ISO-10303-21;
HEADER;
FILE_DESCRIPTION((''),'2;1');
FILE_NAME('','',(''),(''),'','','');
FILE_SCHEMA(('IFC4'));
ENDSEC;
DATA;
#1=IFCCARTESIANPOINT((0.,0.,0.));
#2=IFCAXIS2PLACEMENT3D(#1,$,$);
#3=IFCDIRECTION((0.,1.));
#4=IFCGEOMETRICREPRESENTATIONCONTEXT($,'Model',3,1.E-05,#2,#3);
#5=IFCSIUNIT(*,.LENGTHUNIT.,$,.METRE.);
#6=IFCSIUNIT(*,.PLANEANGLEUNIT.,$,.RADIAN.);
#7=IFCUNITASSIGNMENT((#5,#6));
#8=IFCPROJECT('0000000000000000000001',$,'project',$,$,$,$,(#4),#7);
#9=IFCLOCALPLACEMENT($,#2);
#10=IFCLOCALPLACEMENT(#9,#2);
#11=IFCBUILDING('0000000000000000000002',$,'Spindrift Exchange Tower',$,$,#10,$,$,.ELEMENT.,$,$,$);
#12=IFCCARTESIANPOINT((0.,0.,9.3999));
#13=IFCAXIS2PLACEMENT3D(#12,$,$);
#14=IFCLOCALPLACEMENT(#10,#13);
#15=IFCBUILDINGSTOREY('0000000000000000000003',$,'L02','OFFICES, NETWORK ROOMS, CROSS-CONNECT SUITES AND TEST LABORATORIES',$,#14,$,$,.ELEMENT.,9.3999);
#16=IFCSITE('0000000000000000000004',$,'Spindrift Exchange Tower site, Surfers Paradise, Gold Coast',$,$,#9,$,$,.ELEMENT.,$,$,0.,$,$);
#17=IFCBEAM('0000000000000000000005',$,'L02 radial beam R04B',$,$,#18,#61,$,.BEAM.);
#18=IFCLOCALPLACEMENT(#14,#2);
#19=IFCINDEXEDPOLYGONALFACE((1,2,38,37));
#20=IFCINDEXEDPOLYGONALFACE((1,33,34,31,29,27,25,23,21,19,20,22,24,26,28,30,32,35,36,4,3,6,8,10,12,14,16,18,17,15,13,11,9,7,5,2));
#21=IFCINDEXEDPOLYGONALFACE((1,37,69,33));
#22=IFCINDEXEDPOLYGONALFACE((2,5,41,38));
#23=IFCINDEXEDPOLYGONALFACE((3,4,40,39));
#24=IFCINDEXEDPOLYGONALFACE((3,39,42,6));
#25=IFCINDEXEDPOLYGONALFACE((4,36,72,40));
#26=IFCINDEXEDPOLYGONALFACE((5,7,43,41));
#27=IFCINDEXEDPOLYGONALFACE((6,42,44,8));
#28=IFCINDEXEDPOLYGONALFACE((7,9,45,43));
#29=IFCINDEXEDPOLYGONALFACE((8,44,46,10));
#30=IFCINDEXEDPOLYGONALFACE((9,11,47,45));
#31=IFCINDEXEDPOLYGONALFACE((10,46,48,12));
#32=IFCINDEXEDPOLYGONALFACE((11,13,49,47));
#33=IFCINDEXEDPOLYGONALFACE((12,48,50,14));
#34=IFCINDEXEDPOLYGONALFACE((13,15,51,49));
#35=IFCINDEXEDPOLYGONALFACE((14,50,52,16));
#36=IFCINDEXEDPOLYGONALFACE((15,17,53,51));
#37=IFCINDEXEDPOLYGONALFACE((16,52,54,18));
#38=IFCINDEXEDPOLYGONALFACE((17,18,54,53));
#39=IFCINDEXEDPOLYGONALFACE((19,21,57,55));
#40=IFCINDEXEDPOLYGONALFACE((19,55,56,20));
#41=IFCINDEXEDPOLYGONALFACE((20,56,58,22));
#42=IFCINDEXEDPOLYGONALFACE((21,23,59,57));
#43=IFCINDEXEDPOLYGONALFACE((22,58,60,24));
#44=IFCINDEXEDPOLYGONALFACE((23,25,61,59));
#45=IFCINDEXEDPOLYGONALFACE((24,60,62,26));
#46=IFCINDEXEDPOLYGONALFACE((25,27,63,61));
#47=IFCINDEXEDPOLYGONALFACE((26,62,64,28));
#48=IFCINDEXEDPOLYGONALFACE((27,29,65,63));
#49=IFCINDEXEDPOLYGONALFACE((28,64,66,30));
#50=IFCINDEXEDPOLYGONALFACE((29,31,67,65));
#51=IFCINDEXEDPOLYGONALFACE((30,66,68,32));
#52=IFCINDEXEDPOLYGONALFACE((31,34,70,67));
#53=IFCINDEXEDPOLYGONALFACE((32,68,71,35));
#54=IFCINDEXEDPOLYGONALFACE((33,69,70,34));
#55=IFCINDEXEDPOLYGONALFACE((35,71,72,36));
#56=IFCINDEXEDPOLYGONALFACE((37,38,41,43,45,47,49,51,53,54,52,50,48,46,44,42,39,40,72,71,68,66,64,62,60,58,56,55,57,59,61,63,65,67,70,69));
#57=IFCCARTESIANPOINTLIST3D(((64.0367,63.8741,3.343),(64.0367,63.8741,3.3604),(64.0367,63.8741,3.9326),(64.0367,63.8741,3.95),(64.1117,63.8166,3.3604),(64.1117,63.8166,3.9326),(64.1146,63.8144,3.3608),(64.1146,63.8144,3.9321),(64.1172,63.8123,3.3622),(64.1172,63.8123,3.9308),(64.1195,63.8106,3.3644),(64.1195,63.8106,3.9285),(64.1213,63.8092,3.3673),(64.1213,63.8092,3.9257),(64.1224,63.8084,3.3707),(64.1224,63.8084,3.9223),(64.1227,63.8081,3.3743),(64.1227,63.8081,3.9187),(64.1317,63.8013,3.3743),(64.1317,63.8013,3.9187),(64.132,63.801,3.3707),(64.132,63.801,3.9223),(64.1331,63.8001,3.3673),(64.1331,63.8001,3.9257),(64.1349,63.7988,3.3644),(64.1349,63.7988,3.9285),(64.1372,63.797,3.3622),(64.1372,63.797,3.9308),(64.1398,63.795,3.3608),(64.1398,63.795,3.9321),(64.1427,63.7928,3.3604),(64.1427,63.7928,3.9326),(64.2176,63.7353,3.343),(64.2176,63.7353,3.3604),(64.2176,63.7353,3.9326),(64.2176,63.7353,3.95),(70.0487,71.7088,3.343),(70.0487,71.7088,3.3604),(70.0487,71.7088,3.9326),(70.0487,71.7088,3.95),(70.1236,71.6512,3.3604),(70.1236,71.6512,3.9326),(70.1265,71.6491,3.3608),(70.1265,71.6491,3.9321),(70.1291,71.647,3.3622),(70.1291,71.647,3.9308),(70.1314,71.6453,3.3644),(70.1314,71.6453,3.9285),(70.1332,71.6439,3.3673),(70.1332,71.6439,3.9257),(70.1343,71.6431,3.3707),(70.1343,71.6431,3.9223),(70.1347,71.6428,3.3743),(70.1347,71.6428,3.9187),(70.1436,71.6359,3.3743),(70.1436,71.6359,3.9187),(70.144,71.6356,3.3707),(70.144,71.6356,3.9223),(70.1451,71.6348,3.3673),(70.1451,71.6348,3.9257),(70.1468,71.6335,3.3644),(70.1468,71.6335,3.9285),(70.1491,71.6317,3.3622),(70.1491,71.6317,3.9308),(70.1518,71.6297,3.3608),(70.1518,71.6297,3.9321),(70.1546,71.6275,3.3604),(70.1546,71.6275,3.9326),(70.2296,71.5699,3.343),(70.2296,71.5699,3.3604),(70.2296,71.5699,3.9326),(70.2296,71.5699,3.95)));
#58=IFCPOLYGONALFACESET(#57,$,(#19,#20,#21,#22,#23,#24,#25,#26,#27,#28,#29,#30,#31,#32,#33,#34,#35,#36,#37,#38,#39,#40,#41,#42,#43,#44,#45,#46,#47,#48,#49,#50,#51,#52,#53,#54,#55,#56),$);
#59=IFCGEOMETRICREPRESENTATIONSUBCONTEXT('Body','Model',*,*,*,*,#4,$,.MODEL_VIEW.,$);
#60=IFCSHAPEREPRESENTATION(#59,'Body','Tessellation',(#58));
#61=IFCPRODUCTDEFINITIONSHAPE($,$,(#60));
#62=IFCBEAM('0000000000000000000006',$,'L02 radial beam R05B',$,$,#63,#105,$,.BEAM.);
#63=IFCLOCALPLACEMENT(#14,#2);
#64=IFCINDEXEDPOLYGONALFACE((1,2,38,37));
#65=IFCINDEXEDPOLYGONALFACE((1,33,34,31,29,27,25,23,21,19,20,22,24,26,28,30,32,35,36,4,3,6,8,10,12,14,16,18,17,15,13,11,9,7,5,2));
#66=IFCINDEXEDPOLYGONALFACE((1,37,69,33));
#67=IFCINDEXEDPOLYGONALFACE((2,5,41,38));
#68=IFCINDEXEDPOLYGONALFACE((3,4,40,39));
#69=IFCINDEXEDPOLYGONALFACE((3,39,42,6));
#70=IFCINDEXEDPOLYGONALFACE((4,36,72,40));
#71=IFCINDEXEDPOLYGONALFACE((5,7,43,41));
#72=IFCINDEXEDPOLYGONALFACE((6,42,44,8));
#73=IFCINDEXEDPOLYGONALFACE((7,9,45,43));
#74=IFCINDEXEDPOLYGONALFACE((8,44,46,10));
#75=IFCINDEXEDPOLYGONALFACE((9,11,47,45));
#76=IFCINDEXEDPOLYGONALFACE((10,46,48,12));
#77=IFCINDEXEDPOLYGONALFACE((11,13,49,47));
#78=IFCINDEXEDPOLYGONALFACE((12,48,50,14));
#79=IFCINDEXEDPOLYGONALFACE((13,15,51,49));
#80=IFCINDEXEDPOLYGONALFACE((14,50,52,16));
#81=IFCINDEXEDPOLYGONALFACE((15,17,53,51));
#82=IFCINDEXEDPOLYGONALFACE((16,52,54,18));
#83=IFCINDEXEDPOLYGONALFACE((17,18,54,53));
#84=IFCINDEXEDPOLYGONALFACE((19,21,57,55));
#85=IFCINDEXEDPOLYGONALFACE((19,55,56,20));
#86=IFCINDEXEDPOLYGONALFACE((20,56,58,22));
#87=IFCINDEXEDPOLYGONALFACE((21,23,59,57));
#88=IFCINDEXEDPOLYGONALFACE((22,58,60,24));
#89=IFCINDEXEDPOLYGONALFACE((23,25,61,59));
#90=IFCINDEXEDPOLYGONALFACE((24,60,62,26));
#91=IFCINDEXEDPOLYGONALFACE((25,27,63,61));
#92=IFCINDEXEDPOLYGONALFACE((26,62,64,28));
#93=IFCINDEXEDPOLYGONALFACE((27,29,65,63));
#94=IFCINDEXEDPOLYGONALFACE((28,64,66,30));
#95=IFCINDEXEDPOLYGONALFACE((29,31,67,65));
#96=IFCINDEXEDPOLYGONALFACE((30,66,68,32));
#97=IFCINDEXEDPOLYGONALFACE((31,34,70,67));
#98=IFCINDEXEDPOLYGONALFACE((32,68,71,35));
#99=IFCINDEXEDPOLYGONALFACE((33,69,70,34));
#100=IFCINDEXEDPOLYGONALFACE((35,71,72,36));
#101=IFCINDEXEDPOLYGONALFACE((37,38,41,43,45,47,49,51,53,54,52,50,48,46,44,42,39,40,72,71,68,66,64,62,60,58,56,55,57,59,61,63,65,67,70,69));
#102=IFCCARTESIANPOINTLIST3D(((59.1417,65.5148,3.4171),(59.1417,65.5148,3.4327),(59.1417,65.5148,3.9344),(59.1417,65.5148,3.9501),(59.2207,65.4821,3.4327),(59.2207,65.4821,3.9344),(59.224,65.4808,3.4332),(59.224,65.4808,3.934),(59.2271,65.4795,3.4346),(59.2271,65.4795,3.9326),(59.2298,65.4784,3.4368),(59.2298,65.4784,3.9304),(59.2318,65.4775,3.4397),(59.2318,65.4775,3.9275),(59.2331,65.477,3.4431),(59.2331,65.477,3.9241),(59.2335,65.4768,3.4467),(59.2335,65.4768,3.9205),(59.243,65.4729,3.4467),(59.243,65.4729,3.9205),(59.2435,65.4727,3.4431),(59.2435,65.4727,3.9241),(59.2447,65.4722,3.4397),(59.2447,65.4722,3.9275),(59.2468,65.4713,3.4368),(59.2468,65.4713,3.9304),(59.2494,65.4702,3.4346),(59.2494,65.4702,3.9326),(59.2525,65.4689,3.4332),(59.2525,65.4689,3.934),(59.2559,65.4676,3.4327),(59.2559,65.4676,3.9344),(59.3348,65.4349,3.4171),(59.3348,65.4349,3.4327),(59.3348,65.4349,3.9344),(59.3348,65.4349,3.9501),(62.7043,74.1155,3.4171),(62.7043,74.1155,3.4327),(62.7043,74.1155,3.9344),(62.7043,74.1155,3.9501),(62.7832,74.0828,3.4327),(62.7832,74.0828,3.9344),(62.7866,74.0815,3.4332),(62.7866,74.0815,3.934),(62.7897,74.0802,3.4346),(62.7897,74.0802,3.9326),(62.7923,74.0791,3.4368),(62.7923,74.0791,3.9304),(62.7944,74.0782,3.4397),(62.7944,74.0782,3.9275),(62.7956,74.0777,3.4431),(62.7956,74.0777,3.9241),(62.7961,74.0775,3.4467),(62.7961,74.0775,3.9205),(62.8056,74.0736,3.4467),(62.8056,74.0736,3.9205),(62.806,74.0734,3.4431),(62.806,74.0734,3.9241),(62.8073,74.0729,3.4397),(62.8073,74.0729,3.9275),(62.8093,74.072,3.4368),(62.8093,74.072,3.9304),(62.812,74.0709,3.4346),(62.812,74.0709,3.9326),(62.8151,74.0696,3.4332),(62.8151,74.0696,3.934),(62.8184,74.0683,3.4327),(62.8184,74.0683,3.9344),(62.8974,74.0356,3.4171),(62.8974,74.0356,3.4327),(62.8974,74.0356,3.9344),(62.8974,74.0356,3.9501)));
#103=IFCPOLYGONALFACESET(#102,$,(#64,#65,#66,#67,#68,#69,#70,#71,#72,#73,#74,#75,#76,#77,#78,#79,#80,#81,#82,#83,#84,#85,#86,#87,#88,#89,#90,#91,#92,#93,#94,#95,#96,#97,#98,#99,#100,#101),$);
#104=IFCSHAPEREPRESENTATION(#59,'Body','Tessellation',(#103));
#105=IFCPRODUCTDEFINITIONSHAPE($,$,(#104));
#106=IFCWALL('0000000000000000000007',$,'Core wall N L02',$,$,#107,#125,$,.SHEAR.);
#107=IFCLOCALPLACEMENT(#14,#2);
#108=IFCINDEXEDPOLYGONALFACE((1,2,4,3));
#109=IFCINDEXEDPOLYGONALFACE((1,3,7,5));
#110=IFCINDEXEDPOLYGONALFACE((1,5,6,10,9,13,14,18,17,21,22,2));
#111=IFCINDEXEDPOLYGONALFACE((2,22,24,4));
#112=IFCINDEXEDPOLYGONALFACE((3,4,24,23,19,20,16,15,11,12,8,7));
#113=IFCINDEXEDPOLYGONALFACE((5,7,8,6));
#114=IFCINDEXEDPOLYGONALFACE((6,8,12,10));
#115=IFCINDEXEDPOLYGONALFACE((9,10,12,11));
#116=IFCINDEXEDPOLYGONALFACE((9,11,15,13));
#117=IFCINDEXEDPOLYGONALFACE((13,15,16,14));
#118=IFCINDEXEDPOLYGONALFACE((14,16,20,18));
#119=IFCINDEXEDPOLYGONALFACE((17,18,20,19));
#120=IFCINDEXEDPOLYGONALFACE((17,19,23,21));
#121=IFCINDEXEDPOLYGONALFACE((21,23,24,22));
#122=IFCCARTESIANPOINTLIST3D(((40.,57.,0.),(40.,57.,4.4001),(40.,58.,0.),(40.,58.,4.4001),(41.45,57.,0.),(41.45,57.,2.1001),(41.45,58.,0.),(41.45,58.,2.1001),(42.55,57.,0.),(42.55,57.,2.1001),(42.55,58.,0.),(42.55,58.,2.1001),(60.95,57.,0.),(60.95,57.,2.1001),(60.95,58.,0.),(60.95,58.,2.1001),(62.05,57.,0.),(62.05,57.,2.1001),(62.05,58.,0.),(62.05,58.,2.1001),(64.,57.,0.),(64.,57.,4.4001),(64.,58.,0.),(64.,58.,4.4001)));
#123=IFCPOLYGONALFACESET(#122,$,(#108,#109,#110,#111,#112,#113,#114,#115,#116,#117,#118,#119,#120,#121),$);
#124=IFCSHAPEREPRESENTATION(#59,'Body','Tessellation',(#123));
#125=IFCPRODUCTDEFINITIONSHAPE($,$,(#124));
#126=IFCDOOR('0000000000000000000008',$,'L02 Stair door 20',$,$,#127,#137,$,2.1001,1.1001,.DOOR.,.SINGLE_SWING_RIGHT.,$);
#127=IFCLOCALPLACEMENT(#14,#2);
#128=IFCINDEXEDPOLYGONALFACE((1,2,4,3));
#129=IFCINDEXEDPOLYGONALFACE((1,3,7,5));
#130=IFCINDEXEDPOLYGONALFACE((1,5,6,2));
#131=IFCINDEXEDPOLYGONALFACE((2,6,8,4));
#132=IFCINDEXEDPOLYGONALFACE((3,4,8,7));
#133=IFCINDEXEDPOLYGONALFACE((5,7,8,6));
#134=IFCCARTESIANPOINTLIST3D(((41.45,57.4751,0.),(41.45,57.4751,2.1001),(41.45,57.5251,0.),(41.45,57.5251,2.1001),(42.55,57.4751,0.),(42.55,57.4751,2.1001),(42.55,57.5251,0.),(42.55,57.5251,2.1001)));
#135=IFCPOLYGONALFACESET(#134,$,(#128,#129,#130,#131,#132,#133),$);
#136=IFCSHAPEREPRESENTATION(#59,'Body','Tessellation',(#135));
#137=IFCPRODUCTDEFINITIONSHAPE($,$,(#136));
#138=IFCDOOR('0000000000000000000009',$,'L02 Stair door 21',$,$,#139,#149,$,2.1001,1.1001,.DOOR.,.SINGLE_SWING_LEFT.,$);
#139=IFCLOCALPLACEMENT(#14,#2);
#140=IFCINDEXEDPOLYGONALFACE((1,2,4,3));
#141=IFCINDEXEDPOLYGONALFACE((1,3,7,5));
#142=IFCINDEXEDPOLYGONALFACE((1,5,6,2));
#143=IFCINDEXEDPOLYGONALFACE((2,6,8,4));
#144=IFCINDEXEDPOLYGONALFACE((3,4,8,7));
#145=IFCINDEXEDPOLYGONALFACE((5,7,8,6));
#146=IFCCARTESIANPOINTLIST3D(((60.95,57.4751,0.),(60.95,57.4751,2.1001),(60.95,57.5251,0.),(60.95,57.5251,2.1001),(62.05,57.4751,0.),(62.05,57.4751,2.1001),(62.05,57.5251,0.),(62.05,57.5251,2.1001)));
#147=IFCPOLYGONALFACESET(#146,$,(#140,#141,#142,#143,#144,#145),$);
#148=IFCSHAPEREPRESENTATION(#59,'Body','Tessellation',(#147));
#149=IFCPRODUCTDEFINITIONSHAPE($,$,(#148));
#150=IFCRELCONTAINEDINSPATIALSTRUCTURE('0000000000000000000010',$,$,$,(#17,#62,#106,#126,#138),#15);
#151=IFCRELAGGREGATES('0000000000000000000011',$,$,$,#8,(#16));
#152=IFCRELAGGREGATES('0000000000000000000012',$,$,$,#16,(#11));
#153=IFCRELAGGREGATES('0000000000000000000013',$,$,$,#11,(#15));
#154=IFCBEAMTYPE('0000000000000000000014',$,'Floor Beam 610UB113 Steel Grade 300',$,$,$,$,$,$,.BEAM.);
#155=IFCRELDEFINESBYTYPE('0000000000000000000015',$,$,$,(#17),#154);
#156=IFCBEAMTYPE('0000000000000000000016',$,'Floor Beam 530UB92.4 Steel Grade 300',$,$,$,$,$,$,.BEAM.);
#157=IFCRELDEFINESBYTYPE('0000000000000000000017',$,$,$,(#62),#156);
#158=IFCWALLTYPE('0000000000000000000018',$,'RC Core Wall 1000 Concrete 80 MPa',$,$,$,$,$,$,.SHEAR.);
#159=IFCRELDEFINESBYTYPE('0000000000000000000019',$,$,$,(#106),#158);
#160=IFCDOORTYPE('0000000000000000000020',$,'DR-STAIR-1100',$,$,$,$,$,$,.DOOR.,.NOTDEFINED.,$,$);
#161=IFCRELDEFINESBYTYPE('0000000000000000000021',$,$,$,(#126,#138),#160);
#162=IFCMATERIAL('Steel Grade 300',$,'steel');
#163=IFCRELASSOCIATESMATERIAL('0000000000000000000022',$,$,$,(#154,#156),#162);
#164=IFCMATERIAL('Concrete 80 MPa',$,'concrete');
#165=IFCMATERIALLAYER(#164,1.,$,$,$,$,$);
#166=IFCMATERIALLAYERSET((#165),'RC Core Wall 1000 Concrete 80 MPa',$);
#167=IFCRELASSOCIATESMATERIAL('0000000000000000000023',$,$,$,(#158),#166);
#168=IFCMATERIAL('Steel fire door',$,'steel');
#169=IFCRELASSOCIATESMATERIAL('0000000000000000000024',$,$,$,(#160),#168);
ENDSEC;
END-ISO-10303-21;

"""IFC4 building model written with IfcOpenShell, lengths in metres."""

from ifc_helpers import new_model, si_unit, direction, frame, frame_2d, origin, origin_2d, place, context, subcontext, project, spatial, rectangle, i_section, extrude, source, transform, mapped, material, layer, layer_set, material_profile, profile_set, type_object, element, fill, save


model = new_model("IFC4")

# Units and contexts
model_context = context("Model", 3, precision=1e-05, world=origin(), true_north=direction((0.0, 1.0)))
body_context = subcontext(model_context, "Body", "Model", "MODEL_VIEW")
ifc_project = project(units=[si_unit("LENGTHUNIT", "METRE"), si_unit("PLANEANGLEUNIT", "RADIAN")], contexts=[model_context])

# Site, building, storey
site_placement = place(None, origin())
site = spatial("IfcSite", under=ifc_project, at=site_placement, Name="Spindrift Exchange Tower site, Surfers Paradise, Gold Coast", CompositionType="ELEMENT", RefElevation=0.0)
building_placement = place(site_placement, origin())
building = spatial("IfcBuilding", under=site, at=building_placement, Name="Spindrift Exchange Tower", CompositionType="ELEMENT")
storey_placement = place(building_placement, frame((0.0, 0.0, 9.3999)))
storey = spatial("IfcBuildingStorey", under=building, at=storey_placement, Name="L02", Description="OFFICES, NETWORK ROOMS, CROSS-CONNECT SUITES AND TEST LABORATORIES", CompositionType="ELEMENT", Elevation=9.3999)

# Shared definitions
ifc_material_1 = material(Name="Concrete 80 MPa", Category="concrete")

# Beams
ifc_material_2 = material(Name="Steel Grade 300", Category="steel")
ifc_material_profile_1 = material_profile(ifc_material_2, i_section(OverallWidth=0.228, OverallDepth=0.6069, WebThickness=0.0112, FlangeThickness=0.0173, FilletRadius=0.0139, at=origin_2d()), Name="610UB113")
ifc_profile_set_1 = profile_set([ifc_material_profile_1], Name="Steel Grade 300")
beam_type_1 = type_object("IfcBeamType", Name="Floor Beam 610UB113 Steel Grade 300", PredefinedType="BEAM", material=ifc_profile_set_1)
shared_shape_1 = source(origin(), body_context, "Body", "SweptSolid", [
    extrude(i_section(OverallWidth=0.228, OverallDepth=0.6069, WebThickness=0.0112, FlangeThickness=0.0173, FilletRadius=0.0139, at=origin_2d()), origin(), (0.0, 0.0, 1.0), 9.8755),
])
beam_1_placement = place(storey_placement, frame((64.1272, 63.8047, 3.6465), z_axis=(0.608772, 0.793345, 0.0), x_axis=(-0.793345, 0.608772, 0.0)))
element("IfcBeam", 1, at=beam_1_placement, inside=storey, type_object=beam_type_1, Name="L02 radial beam R04B", PredefinedType="BEAM", context=body_context, shape_type="MappedRepresentation", body=[
    mapped(shared_shape_1, transform((0.0, 0.0, 0.0), scale=1.0)),
])
ifc_material_profile_2 = material_profile(ifc_material_2, i_section(OverallWidth=0.209, OverallDepth=0.533, WebThickness=0.0103, FlangeThickness=0.0156, FilletRadius=0.0139, at=origin_2d()), Name="530UB92.4")
ifc_profile_set_2 = profile_set([ifc_material_profile_2], Name="Steel Grade 300")
beam_type_2 = type_object("IfcBeamType", Name="Floor Beam 530UB92.4 Steel Grade 300", PredefinedType="BEAM", material=ifc_profile_set_2)
shared_shape_2 = source(origin(), body_context, "Body", "SweptSolid", [
    extrude(i_section(OverallWidth=0.209, OverallDepth=0.533, WebThickness=0.0103, FlangeThickness=0.0156, FilletRadius=0.0139, at=origin_2d()), origin(), (0.0, 0.0, 1.0), 9.3093),
])
beam_2_placement = place(storey_placement, frame((59.2383, 65.4749, 3.6836), z_axis=(0.382685, 0.923879, 0.0), x_axis=(-0.923879, 0.382685, 0.0)))
element("IfcBeam", 2, at=beam_2_placement, inside=storey, type_object=beam_type_2, Name="L02 radial beam R05B", PredefinedType="BEAM", context=body_context, shape_type="MappedRepresentation", body=[
    mapped(shared_shape_2, transform((0.0, 0.0, 0.0), scale=1.0)),
])

# Wall, openings, doors
ifc_layer_1 = layer(ifc_material_1, 1.0)
ifc_layer_set_1 = layer_set([ifc_layer_1], Name="RC Core Wall 1000 Concrete 80 MPa")
wall_type_1 = type_object("IfcWallType", Name="RC Core Wall 1000 Concrete 80 MPa", PredefinedType="SHEAR", material=ifc_layer_set_1)
wall_1_placement = place(storey_placement, frame((64.0, 57.5, 0.0), z_axis=(0.0, 0.0, 1.0), x_axis=(-1.0, 0.0, 0.0)))
wall_1 = element("IfcWall", 3, at=wall_1_placement, inside=storey, type_object=wall_type_1, Name="Core wall N L02", PredefinedType="SHEAR", context=body_context, shape_type="SweptSolid", body=[
    extrude(rectangle(XDim=24.0, YDim=1.0, at=frame_2d((12.0, 0.0))), origin(), (0.0, 0.0, 1.0), 4.4001),
])
opening_1_placement = place(wall_1_placement, frame((21.45, 0.0, 0.0)))
opening_1 = element("IfcOpeningElement", 4, at=opening_1_placement, cuts=wall_1, PredefinedType="OPENING", context=body_context, shape_type="SweptSolid", body=[
    extrude(rectangle(XDim=1.1001, YDim=2.1001, at=frame_2d((0.55, 1.05))), frame((0.0, 0.51, 0.0), z_axis=(0.0, -1.0, 0.0), x_axis=(1.0, 0.0, 0.0)), (0.0, 0.0, 1.0), 1.02),
])
opening_2_placement = place(wall_1_placement, frame((1.95, 0.0, 0.0)))
opening_2 = element("IfcOpeningElement", 5, at=opening_2_placement, cuts=wall_1, PredefinedType="OPENING", context=body_context, shape_type="SweptSolid", body=[
    extrude(rectangle(XDim=1.1001, YDim=2.1001, at=frame_2d((0.55, 1.05))), frame((0.0, 0.51, 0.0), z_axis=(0.0, -1.0, 0.0), x_axis=(1.0, 0.0, 0.0)), (0.0, 0.0, 1.0), 1.02),
])
ifc_material_3 = material(Name="Steel fire door", Category="steel")
door_type_1 = type_object("IfcDoorType", Name="DR-STAIR-1100", OperationType="NOTDEFINED", PredefinedType="DOOR", material=ifc_material_3)
shared_shape_3 = source(origin(), body_context, "Body", "SweptSolid", [
    extrude(rectangle(XDim=1.1001, YDim=2.1001, at=frame_2d((0.55, 1.05))), frame((0.0, 0.0249, 0.0), z_axis=(0.0, -1.0, 0.0), x_axis=(1.0, 0.0, 0.0)), (0.0, 0.0, 1.0), 0.05),
])
door_1_placement = place(opening_1_placement, origin())
door_1 = element("IfcDoor", 6, at=door_1_placement, inside=storey, type_object=door_type_1, Name="L02 Stair door 20", OperationType="SINGLE_SWING_RIGHT", OverallHeight=2.1001, OverallWidth=1.1001, PredefinedType="DOOR", context=body_context, shape_type="MappedRepresentation", body=[
    mapped(shared_shape_3, transform((0.0, 0.0, 0.0), scale=1.0)),
])
fill(opening_1, door_1)
door_2_placement = place(opening_2_placement, origin())
door_2 = element("IfcDoor", 7, at=door_2_placement, inside=storey, type_object=door_type_1, Name="L02 Stair door 21", OperationType="SINGLE_SWING_LEFT", OverallHeight=2.1001, OverallWidth=1.1001, PredefinedType="DOOR", context=body_context, shape_type="MappedRepresentation", body=[
    mapped(shared_shape_3, transform((0.0, 0.0, 0.0), scale=1.0)),
])
fill(opening_2, door_2)

save(model, "model.ifc")
